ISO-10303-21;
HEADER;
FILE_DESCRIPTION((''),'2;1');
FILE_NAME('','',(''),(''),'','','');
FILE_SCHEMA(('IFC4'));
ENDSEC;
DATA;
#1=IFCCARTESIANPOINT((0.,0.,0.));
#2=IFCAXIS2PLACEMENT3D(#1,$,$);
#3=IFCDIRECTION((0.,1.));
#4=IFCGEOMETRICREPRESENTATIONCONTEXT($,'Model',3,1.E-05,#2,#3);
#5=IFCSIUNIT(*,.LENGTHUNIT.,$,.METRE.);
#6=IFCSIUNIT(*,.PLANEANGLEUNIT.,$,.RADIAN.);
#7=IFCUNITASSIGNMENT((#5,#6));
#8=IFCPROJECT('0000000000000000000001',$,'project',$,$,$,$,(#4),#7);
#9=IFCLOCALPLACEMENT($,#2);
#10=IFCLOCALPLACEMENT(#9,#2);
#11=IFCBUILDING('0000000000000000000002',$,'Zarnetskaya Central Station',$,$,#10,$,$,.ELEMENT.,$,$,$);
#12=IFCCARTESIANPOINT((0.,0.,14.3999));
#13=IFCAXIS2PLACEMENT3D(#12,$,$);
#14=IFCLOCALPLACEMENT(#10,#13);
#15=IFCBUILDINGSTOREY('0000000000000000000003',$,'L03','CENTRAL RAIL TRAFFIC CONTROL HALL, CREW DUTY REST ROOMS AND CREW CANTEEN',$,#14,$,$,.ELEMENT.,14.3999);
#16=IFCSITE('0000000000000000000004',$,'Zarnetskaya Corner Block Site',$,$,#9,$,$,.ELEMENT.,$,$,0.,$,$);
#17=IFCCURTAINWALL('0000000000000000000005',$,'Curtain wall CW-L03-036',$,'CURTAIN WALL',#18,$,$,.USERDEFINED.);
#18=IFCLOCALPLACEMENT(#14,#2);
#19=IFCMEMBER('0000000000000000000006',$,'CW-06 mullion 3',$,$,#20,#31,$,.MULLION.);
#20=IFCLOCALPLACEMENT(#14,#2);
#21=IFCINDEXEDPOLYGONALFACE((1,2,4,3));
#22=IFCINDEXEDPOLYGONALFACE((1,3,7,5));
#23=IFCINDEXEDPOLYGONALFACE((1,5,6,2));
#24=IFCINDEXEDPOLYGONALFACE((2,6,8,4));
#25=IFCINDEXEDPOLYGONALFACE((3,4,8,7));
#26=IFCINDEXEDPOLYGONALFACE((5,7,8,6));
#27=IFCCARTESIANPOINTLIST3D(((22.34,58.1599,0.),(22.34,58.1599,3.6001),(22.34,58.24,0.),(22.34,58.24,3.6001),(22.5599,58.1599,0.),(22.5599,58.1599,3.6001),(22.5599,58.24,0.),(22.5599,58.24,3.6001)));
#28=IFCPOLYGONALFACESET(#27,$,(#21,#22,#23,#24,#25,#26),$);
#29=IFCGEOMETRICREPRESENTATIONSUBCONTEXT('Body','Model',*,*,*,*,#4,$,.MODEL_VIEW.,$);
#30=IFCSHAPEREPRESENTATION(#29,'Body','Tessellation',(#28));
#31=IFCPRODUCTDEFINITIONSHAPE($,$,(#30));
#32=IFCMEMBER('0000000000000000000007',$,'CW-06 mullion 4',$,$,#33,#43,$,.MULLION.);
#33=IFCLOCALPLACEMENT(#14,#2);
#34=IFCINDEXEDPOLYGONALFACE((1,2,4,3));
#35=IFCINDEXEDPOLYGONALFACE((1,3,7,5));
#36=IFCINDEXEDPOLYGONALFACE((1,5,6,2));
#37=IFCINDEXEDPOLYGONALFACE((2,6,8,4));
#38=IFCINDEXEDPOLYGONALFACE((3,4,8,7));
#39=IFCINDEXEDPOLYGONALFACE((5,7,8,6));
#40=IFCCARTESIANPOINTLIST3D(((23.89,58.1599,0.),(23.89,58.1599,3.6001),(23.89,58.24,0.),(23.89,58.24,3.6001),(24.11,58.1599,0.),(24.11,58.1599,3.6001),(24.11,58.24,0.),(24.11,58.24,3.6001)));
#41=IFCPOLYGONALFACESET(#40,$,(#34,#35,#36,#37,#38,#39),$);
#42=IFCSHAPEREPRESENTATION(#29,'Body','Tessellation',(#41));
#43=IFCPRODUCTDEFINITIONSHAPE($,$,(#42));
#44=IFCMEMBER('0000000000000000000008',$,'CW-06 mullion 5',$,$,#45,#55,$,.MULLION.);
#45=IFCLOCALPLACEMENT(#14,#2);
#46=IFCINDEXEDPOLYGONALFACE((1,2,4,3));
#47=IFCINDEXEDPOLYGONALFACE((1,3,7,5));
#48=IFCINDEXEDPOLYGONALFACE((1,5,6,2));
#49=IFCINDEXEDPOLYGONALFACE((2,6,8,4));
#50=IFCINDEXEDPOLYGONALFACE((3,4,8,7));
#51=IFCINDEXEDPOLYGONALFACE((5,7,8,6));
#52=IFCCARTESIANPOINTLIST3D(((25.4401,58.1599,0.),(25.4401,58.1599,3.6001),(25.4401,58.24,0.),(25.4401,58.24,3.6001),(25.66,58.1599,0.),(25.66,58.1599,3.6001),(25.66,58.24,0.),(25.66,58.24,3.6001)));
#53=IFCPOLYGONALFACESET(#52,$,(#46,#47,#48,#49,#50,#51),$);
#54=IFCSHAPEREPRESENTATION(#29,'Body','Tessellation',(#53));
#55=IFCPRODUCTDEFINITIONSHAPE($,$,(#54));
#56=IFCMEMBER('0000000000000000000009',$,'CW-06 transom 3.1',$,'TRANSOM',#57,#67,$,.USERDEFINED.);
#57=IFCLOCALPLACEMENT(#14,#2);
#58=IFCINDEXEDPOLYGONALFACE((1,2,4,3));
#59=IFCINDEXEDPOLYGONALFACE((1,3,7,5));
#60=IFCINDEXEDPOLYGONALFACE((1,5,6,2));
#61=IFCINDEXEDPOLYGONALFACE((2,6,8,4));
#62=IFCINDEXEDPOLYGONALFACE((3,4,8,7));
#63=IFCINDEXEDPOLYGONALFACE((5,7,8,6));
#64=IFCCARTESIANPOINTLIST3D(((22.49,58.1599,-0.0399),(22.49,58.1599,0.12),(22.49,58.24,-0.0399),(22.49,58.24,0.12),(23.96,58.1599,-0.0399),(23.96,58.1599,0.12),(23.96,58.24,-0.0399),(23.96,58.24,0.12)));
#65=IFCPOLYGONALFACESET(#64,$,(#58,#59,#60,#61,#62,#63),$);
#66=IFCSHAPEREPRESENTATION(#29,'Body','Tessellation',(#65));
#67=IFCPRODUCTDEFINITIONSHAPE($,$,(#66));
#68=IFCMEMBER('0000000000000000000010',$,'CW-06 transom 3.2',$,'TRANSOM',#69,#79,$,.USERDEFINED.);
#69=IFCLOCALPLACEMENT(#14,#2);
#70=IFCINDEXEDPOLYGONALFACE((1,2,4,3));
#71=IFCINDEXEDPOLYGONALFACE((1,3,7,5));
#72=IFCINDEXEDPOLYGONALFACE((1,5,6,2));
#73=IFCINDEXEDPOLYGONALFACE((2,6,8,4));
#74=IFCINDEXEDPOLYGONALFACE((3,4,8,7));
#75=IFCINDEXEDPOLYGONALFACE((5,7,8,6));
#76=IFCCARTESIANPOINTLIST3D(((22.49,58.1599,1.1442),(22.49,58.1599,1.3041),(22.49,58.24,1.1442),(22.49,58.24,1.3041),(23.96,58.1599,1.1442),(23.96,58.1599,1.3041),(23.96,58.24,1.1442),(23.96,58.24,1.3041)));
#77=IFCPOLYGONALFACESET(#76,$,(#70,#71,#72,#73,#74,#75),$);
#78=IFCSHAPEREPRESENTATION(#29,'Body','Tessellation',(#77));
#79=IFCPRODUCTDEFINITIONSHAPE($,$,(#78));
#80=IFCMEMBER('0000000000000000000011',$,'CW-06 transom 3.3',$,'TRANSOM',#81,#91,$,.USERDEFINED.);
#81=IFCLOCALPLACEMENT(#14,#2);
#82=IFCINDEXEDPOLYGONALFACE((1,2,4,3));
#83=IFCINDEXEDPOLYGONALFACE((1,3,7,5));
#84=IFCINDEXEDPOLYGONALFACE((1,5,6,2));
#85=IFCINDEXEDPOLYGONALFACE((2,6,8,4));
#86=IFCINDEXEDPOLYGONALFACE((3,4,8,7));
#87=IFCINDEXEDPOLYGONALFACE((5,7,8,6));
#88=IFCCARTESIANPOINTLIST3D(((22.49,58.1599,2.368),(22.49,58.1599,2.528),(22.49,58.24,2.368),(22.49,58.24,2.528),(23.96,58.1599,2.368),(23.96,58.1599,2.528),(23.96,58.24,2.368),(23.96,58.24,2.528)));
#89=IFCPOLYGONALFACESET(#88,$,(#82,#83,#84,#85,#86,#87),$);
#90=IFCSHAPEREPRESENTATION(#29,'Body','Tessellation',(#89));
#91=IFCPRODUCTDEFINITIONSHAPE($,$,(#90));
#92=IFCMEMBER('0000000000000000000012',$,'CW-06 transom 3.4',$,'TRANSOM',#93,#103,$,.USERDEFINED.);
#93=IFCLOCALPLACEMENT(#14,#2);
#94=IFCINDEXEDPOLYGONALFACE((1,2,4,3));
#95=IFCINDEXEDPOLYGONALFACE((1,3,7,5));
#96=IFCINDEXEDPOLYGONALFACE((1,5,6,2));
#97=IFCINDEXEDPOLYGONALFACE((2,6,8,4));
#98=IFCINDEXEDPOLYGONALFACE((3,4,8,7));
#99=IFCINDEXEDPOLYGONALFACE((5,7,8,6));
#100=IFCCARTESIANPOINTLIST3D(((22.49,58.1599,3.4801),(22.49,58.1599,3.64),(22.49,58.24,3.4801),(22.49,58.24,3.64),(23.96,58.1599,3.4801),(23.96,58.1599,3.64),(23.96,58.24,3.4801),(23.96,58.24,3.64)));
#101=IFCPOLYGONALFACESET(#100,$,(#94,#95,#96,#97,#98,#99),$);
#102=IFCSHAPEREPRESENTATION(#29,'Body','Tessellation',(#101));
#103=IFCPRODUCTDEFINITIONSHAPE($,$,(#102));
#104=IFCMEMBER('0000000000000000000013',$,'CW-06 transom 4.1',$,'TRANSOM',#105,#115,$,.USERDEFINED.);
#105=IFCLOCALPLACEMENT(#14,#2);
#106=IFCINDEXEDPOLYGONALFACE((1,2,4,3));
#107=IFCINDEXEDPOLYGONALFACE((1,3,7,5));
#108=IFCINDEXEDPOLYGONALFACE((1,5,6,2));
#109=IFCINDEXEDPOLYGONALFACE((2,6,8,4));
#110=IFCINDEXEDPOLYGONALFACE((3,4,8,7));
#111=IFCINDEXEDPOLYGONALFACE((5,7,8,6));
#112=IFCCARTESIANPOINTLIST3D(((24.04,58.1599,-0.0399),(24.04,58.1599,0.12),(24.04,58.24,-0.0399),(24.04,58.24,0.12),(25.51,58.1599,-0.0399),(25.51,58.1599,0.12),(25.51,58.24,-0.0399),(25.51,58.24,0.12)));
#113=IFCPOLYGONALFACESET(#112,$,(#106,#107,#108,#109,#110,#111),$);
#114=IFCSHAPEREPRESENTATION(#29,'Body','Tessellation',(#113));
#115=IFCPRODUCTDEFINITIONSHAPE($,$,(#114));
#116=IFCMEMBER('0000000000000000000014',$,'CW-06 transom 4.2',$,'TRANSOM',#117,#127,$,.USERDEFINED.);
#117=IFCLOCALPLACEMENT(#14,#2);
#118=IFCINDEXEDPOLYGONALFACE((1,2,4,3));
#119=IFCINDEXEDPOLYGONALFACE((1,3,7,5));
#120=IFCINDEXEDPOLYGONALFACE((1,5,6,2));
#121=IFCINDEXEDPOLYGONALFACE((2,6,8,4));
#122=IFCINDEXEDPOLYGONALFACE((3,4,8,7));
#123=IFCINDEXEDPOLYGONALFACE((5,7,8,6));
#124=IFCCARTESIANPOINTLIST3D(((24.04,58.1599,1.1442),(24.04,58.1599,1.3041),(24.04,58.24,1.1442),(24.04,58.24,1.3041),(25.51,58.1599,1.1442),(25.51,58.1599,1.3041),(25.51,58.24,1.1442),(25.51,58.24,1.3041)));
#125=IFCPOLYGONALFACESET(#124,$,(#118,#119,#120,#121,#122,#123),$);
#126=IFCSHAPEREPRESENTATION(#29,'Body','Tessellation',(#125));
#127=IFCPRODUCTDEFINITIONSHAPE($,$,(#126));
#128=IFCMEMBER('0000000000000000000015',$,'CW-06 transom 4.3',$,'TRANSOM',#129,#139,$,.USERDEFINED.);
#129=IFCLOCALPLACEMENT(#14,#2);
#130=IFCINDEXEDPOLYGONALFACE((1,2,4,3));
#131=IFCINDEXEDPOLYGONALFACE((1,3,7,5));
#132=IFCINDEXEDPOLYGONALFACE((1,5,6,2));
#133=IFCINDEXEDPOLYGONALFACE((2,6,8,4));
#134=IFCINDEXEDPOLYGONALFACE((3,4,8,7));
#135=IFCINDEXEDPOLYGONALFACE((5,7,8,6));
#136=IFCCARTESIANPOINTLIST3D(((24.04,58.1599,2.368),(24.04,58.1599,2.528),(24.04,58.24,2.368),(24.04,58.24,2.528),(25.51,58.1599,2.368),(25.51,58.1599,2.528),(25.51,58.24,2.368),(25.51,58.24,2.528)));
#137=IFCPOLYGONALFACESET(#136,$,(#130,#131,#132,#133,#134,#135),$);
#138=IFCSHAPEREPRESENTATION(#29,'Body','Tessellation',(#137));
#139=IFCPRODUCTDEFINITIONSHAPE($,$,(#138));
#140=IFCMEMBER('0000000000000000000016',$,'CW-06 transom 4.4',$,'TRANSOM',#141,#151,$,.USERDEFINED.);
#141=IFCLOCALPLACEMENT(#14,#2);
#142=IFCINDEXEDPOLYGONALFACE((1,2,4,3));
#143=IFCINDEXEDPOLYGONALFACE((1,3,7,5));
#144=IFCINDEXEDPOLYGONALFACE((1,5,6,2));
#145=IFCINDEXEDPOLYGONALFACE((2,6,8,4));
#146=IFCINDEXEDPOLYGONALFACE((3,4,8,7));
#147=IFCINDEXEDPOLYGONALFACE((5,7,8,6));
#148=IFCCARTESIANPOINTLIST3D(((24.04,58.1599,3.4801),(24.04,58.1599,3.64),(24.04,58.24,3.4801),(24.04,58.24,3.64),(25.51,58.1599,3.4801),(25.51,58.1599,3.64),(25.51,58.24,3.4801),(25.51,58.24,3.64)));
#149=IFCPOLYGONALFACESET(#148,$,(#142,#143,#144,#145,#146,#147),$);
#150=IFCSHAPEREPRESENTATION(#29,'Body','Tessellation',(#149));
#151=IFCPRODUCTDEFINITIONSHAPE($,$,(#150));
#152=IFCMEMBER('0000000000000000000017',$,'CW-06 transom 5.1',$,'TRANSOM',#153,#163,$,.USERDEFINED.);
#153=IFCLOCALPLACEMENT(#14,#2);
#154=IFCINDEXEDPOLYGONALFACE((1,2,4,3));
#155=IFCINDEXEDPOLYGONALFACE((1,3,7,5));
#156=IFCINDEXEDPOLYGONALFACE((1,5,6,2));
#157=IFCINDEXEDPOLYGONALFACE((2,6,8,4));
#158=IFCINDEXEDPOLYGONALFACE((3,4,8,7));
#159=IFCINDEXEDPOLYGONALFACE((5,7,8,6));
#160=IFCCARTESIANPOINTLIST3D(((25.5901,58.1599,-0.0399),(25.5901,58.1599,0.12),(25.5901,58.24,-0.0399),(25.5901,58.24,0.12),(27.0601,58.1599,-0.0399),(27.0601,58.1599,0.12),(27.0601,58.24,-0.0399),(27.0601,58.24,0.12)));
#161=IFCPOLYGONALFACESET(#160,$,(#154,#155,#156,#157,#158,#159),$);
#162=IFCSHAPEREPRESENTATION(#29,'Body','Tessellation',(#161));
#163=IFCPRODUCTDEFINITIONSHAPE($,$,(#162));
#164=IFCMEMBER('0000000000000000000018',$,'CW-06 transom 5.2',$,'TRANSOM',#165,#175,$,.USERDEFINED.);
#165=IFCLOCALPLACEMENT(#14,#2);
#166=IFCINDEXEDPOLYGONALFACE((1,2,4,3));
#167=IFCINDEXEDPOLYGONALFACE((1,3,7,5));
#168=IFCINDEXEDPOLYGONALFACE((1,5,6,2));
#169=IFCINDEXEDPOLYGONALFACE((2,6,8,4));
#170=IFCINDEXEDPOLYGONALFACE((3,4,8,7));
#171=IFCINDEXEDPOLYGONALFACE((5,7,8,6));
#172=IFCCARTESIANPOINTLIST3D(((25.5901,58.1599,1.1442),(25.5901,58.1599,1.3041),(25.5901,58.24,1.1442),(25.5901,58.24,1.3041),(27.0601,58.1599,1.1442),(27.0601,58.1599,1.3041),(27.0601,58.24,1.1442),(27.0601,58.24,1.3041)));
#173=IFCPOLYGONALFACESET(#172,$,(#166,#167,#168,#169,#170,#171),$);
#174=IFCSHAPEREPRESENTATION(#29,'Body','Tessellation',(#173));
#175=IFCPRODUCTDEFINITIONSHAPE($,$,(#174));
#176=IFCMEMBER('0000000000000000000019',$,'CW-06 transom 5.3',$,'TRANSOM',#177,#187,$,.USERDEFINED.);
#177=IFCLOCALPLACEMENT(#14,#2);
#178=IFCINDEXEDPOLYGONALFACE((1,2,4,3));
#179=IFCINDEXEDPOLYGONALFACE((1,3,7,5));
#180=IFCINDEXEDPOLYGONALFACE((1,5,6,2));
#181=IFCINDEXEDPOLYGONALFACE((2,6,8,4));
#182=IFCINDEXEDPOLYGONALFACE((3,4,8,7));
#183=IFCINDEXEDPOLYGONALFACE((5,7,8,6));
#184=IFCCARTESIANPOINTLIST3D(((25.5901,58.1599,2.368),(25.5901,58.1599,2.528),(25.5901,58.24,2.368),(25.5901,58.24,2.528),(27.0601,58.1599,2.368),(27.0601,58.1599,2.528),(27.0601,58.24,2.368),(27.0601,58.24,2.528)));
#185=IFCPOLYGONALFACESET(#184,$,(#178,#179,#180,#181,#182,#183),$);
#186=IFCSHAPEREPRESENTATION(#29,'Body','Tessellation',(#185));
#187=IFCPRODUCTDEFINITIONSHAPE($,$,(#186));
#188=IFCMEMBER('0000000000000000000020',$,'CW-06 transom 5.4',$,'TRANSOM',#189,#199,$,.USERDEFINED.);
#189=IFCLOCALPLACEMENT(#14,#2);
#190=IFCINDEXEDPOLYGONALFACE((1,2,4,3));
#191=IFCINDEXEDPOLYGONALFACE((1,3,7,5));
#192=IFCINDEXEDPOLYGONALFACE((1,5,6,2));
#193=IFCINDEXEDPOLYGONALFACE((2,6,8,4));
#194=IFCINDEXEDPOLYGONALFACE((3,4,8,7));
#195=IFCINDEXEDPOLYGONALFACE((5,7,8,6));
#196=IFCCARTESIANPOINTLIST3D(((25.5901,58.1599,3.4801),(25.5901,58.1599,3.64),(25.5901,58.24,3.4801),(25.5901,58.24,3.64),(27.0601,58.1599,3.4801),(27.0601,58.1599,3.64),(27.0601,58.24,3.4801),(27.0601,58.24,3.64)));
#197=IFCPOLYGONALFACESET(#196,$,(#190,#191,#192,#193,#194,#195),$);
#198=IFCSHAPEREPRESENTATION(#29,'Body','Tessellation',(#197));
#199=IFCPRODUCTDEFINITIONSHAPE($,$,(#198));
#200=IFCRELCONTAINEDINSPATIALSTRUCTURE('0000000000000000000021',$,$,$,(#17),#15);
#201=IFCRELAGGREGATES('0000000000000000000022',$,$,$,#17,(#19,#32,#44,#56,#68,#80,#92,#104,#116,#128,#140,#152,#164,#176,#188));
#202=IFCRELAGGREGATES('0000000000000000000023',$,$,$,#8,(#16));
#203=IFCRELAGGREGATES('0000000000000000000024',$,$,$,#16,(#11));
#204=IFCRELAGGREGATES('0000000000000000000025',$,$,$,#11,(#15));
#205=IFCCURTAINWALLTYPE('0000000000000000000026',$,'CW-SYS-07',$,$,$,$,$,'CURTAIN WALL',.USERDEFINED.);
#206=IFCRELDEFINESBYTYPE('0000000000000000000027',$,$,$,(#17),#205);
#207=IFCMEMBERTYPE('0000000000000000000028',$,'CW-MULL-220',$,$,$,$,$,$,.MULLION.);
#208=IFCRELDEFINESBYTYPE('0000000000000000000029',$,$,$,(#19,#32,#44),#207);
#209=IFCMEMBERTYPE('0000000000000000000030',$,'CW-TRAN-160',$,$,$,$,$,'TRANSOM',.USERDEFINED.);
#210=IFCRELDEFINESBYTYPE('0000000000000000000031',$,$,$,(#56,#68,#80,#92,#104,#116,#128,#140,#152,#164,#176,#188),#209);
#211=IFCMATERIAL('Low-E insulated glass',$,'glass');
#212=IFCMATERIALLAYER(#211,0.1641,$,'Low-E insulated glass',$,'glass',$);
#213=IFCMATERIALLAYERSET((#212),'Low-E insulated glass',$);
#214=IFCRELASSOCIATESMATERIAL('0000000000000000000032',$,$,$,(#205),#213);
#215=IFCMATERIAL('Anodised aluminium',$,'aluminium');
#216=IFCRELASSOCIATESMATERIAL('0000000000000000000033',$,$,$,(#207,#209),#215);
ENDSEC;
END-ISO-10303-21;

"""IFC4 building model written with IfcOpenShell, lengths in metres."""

from ifc_helpers import new_model, si_unit, direction, frame, origin, origin_2d, place, context, subcontext, project, spatial, rectangle, extrude, material, layer, layer_set, material_profile, profile_set, type_object, element, aggregate, save


model = new_model("IFC4")

# Units and contexts
model_context = context("Model", 3, precision=1e-05, world=origin(), true_north=direction((0.0, 1.0)))
body_context = subcontext(model_context, "Body", "Model", "MODEL_VIEW")
ifc_project = project(units=[si_unit("LENGTHUNIT", "METRE"), si_unit("PLANEANGLEUNIT", "RADIAN")], contexts=[model_context])

# Site, building, storey
site_placement = place(None, origin())
site = spatial("IfcSite", under=ifc_project, at=site_placement, Name="Zarnetskaya Corner Block Site", CompositionType="ELEMENT", RefElevation=0.0)
building_placement = place(site_placement, origin())
building = spatial("IfcBuilding", under=site, at=building_placement, Name="Zarnetskaya Central Station", CompositionType="ELEMENT")
storey_placement = place(building_placement, frame((0.0, 0.0, 14.3999)))
storey = spatial("IfcBuildingStorey", under=building, at=storey_placement, Name="L03", Description="CENTRAL RAIL TRAFFIC CONTROL HALL, CREW DUTY REST ROOMS AND CREW CANTEEN", CompositionType="ELEMENT", Elevation=14.3999)

# Curtain wall, members
ifc_material_1 = material(Name="Low-E insulated glass", Category="glass")
ifc_layer_1 = layer(ifc_material_1, 0.1641, Name="Low-E insulated glass", Category="glass")
ifc_layer_set_1 = layer_set([ifc_layer_1], Name="Low-E insulated glass")
curtain_wall_type = type_object("IfcCurtainWallType", Name="CW-SYS-07", ElementType="CURTAIN WALL", PredefinedType="USERDEFINED", material=ifc_layer_set_1)
curtain_wall_placement = place(storey_placement, origin())
curtain_wall = element("IfcCurtainWall", 1, at=curtain_wall_placement, inside=storey, type_object=curtain_wall_type, Name="Curtain wall CW-L03-036", ObjectType="CURTAIN WALL", PredefinedType="USERDEFINED")
ifc_material_2 = material(Name="Anodised aluminium", Category="aluminium")
ifc_material_profile_1 = material_profile(ifc_material_2, rectangle(XDim=0.0801, YDim=0.22, at=origin_2d()), Name="ALU MULL 80x220")
ifc_profile_set_1 = profile_set([ifc_material_profile_1], Name="Anodised aluminium")
member_type_1 = type_object("IfcMemberType", Name="CW-MULL-220", PredefinedType="MULLION", material=ifc_profile_set_1)
member_1_placement = place(storey_placement, frame((22.45, 58.2, 0.0), z_axis=(0.0, 0.0, 1.0), x_axis=(0.0, 1.0, 0.0)))
member_1 = element("IfcMember", 2, at=member_1_placement, type_object=member_type_1, Name="CW-06 mullion 3", PredefinedType="MULLION", context=body_context, shape_type="SweptSolid", body=[
    extrude(rectangle(XDim=0.0801, YDim=0.22, at=origin_2d()), origin(), (0.0, 0.0, 1.0), 3.6001),
])
member_2_placement = place(storey_placement, frame((24.0, 58.2, 0.0), z_axis=(0.0, 0.0, 1.0), x_axis=(0.0, 1.0, 0.0)))
member_2 = element("IfcMember", 3, at=member_2_placement, type_object=member_type_1, Name="CW-06 mullion 4", PredefinedType="MULLION", context=body_context, shape_type="SweptSolid", body=[
    extrude(rectangle(XDim=0.0801, YDim=0.22, at=origin_2d()), origin(), (0.0, 0.0, 1.0), 3.6001),
])
member_3_placement = place(storey_placement, frame((25.55, 58.2, 0.0), z_axis=(0.0, 0.0, 1.0), x_axis=(0.0, 1.0, 0.0)))
member_3 = element("IfcMember", 4, at=member_3_placement, type_object=member_type_1, Name="CW-06 mullion 5", PredefinedType="MULLION", context=body_context, shape_type="SweptSolid", body=[
    extrude(rectangle(XDim=0.0801, YDim=0.22, at=origin_2d()), origin(), (0.0, 0.0, 1.0), 3.6001),
])
ifc_material_profile_2 = material_profile(ifc_material_2, rectangle(XDim=0.0801, YDim=0.1599, at=origin_2d()), Name="ALU TRAN 80x160")
ifc_profile_set_2 = profile_set([ifc_material_profile_2], Name="Anodised aluminium")
member_type_2 = type_object("IfcMemberType", Name="CW-TRAN-160", ElementType="TRANSOM", PredefinedType="USERDEFINED", material=ifc_profile_set_2)
member_4_placement = place(storey_placement, frame((22.49, 58.2, 0.04), z_axis=(1.0, 0.0, 0.0), x_axis=(0.0, 1.0, 0.0)))
member_4 = element("IfcMember", 5, at=member_4_placement, type_object=member_type_2, Name="CW-06 transom 3.1", ObjectType="TRANSOM", PredefinedType="USERDEFINED", context=body_context, shape_type="SweptSolid", body=[
    extrude(rectangle(XDim=0.0801, YDim=0.1599, at=origin_2d()), origin(), (0.0, 0.0, 1.0), 1.47),
])
member_5_placement = place(storey_placement, frame((22.49, 58.2, 1.2241), z_axis=(1.0, 0.0, 0.0), x_axis=(0.0, 1.0, 0.0)))
member_5 = element("IfcMember", 6, at=member_5_placement, type_object=member_type_2, Name="CW-06 transom 3.2", ObjectType="TRANSOM", PredefinedType="USERDEFINED", context=body_context, shape_type="SweptSolid", body=[
    extrude(rectangle(XDim=0.0801, YDim=0.1599, at=origin_2d()), origin(), (0.0, 0.0, 1.0), 1.47),
])
member_6_placement = place(storey_placement, frame((22.49, 58.2, 2.448), z_axis=(1.0, 0.0, 0.0), x_axis=(0.0, 1.0, 0.0)))
member_6 = element("IfcMember", 7, at=member_6_placement, type_object=member_type_2, Name="CW-06 transom 3.3", ObjectType="TRANSOM", PredefinedType="USERDEFINED", context=body_context, shape_type="SweptSolid", body=[
    extrude(rectangle(XDim=0.0801, YDim=0.1599, at=origin_2d()), origin(), (0.0, 0.0, 1.0), 1.47),
])
member_7_placement = place(storey_placement, frame((22.49, 58.2, 3.5601), z_axis=(1.0, 0.0, 0.0), x_axis=(0.0, 1.0, 0.0)))
member_7 = element("IfcMember", 8, at=member_7_placement, type_object=member_type_2, Name="CW-06 transom 3.4", ObjectType="TRANSOM", PredefinedType="USERDEFINED", context=body_context, shape_type="SweptSolid", body=[
    extrude(rectangle(XDim=0.0801, YDim=0.1599, at=origin_2d()), origin(), (0.0, 0.0, 1.0), 1.47),
])
member_8_placement = place(storey_placement, frame((24.04, 58.2, 0.04), z_axis=(1.0, 0.0, 0.0), x_axis=(0.0, 1.0, 0.0)))
member_8 = element("IfcMember", 9, at=member_8_placement, type_object=member_type_2, Name="CW-06 transom 4.1", ObjectType="TRANSOM", PredefinedType="USERDEFINED", context=body_context, shape_type="SweptSolid", body=[
    extrude(rectangle(XDim=0.0801, YDim=0.1599, at=origin_2d()), origin(), (0.0, 0.0, 1.0), 1.47),
])
member_9_placement = place(storey_placement, frame((24.04, 58.2, 1.2241), z_axis=(1.0, 0.0, 0.0), x_axis=(0.0, 1.0, 0.0)))
member_9 = element("IfcMember", 10, at=member_9_placement, type_object=member_type_2, Name="CW-06 transom 4.2", ObjectType="TRANSOM", PredefinedType="USERDEFINED", context=body_context, shape_type="SweptSolid", body=[
    extrude(rectangle(XDim=0.0801, YDim=0.1599, at=origin_2d()), origin(), (0.0, 0.0, 1.0), 1.47),
])
member_10_placement = place(storey_placement, frame((24.04, 58.2, 2.448), z_axis=(1.0, 0.0, 0.0), x_axis=(0.0, 1.0, 0.0)))
member_10 = element("IfcMember", 11, at=member_10_placement, type_object=member_type_2, Name="CW-06 transom 4.3", ObjectType="TRANSOM", PredefinedType="USERDEFINED", context=body_context, shape_type="SweptSolid", body=[
    extrude(rectangle(XDim=0.0801, YDim=0.1599, at=origin_2d()), origin(), (0.0, 0.0, 1.0), 1.47),
])
member_11_placement = place(storey_placement, frame((24.04, 58.2, 3.5601), z_axis=(1.0, 0.0, 0.0), x_axis=(0.0, 1.0, 0.0)))
member_11 = element("IfcMember", 12, at=member_11_placement, type_object=member_type_2, Name="CW-06 transom 4.4", ObjectType="TRANSOM", PredefinedType="USERDEFINED", context=body_context, shape_type="SweptSolid", body=[
    extrude(rectangle(XDim=0.0801, YDim=0.1599, at=origin_2d()), origin(), (0.0, 0.0, 1.0), 1.47),
])
member_12_placement = place(storey_placement, frame((25.5901, 58.2, 0.04), z_axis=(1.0, 0.0, 0.0), x_axis=(0.0, 1.0, 0.0)))
member_12 = element("IfcMember", 13, at=member_12_placement, type_object=member_type_2, Name="CW-06 transom 5.1", ObjectType="TRANSOM", PredefinedType="USERDEFINED", context=body_context, shape_type="SweptSolid", body=[
    extrude(rectangle(XDim=0.0801, YDim=0.1599, at=origin_2d()), origin(), (0.0, 0.0, 1.0), 1.47),
])
member_13_placement = place(storey_placement, frame((25.5901, 58.2, 1.2241), z_axis=(1.0, 0.0, 0.0), x_axis=(0.0, 1.0, 0.0)))
member_13 = element("IfcMember", 14, at=member_13_placement, type_object=member_type_2, Name="CW-06 transom 5.2", ObjectType="TRANSOM", PredefinedType="USERDEFINED", context=body_context, shape_type="SweptSolid", body=[
    extrude(rectangle(XDim=0.0801, YDim=0.1599, at=origin_2d()), origin(), (0.0, 0.0, 1.0), 1.47),
])
member_14_placement = place(storey_placement, frame((25.5901, 58.2, 2.448), z_axis=(1.0, 0.0, 0.0), x_axis=(0.0, 1.0, 0.0)))
member_14 = element("IfcMember", 15, at=member_14_placement, type_object=member_type_2, Name="CW-06 transom 5.3", ObjectType="TRANSOM", PredefinedType="USERDEFINED", context=body_context, shape_type="SweptSolid", body=[
    extrude(rectangle(XDim=0.0801, YDim=0.1599, at=origin_2d()), origin(), (0.0, 0.0, 1.0), 1.47),
])
member_15_placement = place(storey_placement, frame((25.5901, 58.2, 3.5601), z_axis=(1.0, 0.0, 0.0), x_axis=(0.0, 1.0, 0.0)))
member_15 = element("IfcMember", 16, at=member_15_placement, type_object=member_type_2, Name="CW-06 transom 5.4", ObjectType="TRANSOM", PredefinedType="USERDEFINED", context=body_context, shape_type="SweptSolid", body=[
    extrude(rectangle(XDim=0.0801, YDim=0.1599, at=origin_2d()), origin(), (0.0, 0.0, 1.0), 1.47),
])
aggregate(curtain_wall, [member_1, member_2, member_3, member_4, member_5, member_6, member_7, member_8, member_9, member_10, member_11, member_12, member_13, member_14, member_15])

save(model, "model.ifc")
